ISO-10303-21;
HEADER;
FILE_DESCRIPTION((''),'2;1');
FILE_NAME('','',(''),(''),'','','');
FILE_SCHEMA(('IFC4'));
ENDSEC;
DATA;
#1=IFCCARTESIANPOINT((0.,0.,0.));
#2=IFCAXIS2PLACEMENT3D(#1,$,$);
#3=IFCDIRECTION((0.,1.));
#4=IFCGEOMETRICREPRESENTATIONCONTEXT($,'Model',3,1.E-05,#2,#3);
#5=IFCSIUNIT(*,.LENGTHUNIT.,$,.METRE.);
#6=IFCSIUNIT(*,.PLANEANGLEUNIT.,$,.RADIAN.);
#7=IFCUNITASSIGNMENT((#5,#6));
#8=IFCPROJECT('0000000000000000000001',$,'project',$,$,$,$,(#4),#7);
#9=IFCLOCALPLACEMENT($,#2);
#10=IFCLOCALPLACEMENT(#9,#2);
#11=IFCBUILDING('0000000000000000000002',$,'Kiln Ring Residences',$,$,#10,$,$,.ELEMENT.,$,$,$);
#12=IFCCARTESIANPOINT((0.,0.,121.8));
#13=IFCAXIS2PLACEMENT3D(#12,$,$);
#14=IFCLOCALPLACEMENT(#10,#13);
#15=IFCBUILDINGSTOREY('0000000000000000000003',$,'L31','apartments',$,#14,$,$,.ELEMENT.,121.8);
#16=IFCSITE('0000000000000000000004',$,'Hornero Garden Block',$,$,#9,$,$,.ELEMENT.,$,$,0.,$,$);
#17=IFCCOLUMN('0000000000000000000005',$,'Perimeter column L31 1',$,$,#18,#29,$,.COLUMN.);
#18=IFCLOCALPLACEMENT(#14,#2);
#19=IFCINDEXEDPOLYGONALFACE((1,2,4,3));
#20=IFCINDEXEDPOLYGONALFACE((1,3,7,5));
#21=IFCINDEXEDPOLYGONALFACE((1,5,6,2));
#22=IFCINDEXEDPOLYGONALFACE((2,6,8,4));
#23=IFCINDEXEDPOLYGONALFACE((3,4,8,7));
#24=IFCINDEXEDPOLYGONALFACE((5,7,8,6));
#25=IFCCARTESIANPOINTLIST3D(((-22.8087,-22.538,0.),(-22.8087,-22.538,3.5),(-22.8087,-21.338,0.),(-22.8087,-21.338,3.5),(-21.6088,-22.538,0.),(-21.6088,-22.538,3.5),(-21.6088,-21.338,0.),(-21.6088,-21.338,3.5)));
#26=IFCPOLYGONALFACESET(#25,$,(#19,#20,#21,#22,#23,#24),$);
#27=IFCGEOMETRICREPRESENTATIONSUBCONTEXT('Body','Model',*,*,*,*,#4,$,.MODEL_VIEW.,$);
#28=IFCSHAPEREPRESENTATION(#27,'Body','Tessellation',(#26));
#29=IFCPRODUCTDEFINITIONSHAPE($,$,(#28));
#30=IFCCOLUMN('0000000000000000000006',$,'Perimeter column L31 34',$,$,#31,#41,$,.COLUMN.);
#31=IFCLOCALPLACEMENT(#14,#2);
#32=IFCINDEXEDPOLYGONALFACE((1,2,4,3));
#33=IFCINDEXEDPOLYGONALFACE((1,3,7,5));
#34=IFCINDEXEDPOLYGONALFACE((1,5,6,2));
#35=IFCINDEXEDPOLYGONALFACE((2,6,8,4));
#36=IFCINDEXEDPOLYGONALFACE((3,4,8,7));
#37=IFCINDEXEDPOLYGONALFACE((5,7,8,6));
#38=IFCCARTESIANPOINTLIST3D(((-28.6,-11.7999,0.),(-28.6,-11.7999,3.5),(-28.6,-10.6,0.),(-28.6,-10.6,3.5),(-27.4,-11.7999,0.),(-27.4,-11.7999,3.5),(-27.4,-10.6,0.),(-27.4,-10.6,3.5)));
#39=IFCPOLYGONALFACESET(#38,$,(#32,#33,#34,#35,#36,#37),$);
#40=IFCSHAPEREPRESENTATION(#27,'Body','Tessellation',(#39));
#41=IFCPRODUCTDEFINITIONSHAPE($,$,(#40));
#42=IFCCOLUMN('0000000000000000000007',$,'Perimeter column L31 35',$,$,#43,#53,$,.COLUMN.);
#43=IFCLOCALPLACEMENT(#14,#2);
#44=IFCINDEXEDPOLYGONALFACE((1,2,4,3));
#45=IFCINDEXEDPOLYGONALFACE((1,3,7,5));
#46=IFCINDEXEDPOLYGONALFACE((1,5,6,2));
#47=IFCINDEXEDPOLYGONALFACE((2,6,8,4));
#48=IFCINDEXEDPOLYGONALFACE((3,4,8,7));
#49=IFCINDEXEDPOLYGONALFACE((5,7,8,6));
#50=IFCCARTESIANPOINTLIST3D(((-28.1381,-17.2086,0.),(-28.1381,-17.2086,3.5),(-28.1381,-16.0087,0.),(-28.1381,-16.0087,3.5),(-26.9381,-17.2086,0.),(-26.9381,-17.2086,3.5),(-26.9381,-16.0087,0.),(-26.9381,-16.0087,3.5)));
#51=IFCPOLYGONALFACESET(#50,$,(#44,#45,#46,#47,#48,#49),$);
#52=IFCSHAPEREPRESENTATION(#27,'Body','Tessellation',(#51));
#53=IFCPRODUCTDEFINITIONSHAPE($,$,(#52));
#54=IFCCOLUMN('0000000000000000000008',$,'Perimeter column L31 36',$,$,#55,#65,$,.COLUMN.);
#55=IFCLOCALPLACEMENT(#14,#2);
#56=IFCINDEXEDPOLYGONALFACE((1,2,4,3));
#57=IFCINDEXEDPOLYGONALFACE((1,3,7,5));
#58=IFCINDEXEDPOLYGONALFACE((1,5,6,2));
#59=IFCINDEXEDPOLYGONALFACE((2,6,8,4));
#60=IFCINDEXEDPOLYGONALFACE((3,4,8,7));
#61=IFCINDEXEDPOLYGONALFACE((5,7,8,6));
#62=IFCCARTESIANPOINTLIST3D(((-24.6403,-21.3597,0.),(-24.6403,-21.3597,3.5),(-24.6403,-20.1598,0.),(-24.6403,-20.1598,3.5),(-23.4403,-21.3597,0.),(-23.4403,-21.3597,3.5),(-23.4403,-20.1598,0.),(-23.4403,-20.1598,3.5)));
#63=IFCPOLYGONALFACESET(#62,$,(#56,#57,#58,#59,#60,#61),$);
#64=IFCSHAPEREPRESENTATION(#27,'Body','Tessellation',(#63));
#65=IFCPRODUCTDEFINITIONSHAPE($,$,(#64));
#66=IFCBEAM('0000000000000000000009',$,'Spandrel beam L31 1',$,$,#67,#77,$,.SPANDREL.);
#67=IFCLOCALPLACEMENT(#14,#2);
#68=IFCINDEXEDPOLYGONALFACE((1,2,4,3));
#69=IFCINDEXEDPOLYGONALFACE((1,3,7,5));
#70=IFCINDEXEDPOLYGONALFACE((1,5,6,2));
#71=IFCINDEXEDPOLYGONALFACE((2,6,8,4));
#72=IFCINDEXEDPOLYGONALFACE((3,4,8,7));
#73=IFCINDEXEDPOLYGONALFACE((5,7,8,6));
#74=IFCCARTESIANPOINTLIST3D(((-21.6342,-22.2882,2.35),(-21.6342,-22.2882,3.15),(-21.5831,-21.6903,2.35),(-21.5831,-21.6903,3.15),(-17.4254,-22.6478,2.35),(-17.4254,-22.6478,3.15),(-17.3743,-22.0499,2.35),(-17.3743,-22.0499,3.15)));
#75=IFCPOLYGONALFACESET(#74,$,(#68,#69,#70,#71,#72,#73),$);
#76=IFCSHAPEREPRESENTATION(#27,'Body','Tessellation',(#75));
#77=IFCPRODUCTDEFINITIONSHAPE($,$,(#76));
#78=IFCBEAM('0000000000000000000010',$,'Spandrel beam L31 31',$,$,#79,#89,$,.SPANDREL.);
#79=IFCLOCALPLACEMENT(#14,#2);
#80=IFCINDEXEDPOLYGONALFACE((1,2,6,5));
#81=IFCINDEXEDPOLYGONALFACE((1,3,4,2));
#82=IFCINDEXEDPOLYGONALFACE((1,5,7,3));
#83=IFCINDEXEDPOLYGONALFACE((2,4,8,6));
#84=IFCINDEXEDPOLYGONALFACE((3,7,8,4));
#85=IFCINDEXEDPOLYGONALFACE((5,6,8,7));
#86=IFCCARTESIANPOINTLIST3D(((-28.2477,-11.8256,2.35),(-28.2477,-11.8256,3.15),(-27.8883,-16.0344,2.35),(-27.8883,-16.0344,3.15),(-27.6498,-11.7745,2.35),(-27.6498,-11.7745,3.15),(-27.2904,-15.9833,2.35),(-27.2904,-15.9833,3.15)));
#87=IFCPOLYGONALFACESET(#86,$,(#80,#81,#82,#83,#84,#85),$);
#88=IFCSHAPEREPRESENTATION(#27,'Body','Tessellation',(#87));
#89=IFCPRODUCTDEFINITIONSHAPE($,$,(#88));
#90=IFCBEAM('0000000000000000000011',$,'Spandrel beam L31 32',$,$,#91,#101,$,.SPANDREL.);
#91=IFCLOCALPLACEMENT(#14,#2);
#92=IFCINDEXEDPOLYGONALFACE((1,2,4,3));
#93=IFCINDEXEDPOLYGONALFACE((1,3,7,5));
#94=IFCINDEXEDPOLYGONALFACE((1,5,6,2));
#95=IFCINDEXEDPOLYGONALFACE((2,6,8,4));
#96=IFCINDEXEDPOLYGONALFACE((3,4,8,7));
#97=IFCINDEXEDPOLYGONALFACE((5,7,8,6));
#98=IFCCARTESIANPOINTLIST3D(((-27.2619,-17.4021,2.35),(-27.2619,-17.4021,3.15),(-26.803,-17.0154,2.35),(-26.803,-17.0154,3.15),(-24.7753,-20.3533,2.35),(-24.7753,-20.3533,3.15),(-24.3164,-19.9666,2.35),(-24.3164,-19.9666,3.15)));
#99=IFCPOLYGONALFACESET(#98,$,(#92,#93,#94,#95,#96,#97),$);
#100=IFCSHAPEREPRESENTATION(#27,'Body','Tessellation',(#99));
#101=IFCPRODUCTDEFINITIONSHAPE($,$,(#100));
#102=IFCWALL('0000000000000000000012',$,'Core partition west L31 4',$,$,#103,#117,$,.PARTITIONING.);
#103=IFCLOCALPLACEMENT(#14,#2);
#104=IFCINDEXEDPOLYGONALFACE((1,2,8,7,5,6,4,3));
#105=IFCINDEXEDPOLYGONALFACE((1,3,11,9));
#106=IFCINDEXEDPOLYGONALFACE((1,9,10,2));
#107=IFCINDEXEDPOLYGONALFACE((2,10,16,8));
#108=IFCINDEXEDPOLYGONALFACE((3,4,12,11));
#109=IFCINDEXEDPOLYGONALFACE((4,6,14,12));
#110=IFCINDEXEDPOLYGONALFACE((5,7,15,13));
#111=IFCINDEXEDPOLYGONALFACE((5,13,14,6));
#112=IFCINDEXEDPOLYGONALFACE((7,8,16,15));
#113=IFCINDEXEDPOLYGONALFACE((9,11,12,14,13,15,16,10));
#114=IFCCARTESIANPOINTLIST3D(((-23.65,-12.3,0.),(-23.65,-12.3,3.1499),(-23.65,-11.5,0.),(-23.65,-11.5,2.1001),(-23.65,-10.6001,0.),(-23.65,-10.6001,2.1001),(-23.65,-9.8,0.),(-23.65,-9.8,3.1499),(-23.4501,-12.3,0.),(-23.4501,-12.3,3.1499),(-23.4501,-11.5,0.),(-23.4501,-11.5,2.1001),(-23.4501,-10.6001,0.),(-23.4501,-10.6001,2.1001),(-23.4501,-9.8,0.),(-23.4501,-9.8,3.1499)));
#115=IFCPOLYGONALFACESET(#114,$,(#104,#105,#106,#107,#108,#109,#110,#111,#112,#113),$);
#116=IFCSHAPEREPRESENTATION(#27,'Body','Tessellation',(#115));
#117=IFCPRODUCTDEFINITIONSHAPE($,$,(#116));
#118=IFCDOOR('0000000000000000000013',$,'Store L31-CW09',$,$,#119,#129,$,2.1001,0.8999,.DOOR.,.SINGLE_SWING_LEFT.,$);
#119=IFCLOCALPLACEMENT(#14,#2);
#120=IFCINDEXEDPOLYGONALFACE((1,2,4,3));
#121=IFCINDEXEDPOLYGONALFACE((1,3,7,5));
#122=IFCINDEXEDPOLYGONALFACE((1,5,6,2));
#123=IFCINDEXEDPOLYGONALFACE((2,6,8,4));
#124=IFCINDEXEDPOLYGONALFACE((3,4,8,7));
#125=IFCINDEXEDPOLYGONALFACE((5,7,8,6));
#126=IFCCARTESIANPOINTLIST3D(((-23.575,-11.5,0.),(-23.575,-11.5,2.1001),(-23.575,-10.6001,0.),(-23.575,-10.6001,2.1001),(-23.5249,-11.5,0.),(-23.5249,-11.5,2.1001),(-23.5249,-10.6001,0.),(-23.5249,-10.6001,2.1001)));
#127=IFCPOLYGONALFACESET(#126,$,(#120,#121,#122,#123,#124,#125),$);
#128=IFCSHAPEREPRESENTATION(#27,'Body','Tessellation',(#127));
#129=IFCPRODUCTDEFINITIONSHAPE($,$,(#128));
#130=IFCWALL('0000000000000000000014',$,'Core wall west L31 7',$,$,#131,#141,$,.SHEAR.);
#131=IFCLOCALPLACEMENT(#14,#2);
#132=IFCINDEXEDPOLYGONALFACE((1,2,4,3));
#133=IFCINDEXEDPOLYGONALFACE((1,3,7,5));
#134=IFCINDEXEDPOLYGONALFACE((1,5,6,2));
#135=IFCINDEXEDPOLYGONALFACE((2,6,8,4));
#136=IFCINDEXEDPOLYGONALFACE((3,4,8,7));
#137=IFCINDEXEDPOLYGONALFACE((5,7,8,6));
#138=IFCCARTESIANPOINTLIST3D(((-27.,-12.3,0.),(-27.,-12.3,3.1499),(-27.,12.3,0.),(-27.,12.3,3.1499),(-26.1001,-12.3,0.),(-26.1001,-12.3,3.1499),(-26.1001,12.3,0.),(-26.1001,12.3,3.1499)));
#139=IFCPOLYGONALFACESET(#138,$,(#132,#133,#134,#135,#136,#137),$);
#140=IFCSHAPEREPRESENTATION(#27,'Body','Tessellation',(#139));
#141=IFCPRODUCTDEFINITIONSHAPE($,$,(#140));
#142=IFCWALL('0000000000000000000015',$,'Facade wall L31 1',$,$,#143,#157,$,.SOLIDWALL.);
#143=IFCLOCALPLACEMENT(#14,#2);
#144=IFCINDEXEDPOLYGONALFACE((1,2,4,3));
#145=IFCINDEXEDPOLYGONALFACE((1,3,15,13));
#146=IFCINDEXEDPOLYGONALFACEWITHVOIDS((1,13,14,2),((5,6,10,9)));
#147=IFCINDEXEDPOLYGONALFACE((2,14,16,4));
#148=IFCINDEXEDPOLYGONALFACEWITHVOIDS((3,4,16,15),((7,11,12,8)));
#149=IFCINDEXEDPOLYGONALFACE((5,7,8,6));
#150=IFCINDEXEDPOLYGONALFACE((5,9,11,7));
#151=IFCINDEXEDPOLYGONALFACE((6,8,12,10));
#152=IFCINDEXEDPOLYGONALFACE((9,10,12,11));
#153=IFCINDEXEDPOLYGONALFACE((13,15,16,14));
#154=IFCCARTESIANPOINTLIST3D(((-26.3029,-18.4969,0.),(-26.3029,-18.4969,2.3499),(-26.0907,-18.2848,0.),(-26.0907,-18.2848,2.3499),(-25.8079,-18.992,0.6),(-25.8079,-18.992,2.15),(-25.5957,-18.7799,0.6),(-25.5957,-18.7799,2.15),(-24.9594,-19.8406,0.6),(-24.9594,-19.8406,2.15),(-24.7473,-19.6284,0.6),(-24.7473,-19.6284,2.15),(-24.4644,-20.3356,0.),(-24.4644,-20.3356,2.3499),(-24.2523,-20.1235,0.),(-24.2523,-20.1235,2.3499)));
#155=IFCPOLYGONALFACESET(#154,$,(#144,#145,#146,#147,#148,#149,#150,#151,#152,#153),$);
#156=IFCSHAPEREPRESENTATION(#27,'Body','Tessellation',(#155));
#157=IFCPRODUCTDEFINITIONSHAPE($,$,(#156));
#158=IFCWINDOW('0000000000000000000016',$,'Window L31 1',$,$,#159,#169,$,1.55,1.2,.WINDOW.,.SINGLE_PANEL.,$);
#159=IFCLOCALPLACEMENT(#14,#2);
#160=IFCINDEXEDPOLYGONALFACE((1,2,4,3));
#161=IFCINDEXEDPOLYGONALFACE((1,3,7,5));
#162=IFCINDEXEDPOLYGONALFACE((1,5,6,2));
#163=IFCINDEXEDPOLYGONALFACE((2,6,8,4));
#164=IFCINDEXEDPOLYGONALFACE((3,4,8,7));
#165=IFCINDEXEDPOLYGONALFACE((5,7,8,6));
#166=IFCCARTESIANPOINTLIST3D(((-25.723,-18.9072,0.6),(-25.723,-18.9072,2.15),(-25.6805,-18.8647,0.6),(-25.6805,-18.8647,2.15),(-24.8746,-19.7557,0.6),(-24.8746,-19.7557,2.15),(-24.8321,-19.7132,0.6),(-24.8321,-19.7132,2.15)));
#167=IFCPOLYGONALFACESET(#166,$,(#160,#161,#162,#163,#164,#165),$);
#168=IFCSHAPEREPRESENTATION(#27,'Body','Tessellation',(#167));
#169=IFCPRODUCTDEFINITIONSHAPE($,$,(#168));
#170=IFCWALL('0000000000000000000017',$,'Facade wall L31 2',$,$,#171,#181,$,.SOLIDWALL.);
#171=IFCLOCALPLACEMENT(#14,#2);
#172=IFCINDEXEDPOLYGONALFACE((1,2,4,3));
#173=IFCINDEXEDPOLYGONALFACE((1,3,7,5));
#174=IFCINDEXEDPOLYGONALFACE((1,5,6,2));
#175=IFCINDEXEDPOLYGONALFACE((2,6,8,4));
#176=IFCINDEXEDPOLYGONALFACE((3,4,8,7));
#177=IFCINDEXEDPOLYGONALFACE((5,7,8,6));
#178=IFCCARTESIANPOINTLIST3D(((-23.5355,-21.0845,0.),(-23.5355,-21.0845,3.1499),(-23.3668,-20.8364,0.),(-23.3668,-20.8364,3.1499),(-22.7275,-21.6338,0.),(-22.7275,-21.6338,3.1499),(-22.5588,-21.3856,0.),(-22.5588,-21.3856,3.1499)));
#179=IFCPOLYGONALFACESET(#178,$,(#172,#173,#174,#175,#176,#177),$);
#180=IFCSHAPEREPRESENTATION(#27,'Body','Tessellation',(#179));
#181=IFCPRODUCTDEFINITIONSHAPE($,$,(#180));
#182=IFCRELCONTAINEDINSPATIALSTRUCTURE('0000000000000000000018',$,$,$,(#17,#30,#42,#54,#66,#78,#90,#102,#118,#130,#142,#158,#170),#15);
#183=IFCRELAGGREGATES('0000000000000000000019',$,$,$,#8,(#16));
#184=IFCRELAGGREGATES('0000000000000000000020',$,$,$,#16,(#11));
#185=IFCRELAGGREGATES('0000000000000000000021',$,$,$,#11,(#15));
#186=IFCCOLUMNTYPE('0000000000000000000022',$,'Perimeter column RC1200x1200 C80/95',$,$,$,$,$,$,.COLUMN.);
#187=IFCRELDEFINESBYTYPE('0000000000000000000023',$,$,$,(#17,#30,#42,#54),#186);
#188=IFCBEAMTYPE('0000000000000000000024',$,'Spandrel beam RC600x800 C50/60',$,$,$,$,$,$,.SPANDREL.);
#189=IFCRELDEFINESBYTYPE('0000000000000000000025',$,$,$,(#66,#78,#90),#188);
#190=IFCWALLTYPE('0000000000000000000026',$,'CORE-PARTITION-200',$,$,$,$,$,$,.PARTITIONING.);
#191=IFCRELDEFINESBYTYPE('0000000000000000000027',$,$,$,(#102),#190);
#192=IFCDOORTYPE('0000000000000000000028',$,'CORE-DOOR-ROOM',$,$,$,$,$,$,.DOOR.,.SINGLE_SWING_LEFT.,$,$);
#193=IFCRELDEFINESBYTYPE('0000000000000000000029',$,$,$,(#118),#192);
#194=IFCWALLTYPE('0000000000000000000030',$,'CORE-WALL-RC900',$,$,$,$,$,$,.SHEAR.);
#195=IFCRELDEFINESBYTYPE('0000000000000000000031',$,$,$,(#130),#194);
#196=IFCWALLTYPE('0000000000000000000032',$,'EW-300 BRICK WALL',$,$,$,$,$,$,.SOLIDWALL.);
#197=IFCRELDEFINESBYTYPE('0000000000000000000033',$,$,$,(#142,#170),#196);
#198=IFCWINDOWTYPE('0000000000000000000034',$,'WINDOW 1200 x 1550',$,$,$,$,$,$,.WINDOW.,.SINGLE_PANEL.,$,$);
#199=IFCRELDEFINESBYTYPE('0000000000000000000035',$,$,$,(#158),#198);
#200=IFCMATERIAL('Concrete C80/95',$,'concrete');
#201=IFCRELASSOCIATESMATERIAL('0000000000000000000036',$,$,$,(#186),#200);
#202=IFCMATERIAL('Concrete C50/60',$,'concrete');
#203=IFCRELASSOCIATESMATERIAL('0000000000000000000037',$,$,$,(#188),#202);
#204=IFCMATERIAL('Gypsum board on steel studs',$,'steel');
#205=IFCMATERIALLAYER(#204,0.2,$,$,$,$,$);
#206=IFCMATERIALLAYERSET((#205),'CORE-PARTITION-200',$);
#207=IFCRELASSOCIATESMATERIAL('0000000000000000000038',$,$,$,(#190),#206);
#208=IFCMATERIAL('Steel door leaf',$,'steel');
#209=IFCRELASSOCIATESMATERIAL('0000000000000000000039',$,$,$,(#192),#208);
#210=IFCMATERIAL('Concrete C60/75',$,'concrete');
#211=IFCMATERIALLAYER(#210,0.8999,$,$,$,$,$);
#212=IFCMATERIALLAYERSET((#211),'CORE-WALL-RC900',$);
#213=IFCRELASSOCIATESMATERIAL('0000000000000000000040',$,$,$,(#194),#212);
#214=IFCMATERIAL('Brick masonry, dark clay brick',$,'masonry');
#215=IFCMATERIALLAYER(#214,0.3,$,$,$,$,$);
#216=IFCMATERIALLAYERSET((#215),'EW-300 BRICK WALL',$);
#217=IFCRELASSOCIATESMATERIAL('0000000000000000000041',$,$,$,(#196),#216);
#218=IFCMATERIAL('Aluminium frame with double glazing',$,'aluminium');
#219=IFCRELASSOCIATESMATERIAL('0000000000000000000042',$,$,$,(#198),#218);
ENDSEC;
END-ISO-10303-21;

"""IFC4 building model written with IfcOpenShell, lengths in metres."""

from ifc_helpers import new_model, si_unit, direction, frame, frame_2d, origin, origin_2d, place, context, subcontext, project, spatial, rectangle, extrude, material, layer, layer_set, material_profile, profile_set, type_object, element, fill, save


model = new_model("IFC4")

# Units and contexts
model_context = context("Model", 3, precision=1e-05, world=origin(), true_north=direction((0.0, 1.0)))
body_context = subcontext(model_context, "Body", "Model", "MODEL_VIEW")
ifc_project = project(units=[si_unit("LENGTHUNIT", "METRE"), si_unit("PLANEANGLEUNIT", "RADIAN")], contexts=[model_context])

# Site, building, storey
site_placement = place(None, origin())
site = spatial("IfcSite", under=ifc_project, at=site_placement, Name="Hornero Garden Block", CompositionType="ELEMENT", RefElevation=0.0)
building_placement = place(site_placement, origin())
building = spatial("IfcBuilding", under=site, at=building_placement, Name="Kiln Ring Residences", CompositionType="ELEMENT")
storey_placement = place(building_placement, frame((0.0, 0.0, 121.8)))
storey = spatial("IfcBuildingStorey", under=building, at=storey_placement, Name="L31", Description="apartments", CompositionType="ELEMENT", Elevation=121.8)

# Columns
ifc_material_1 = material(Name="Concrete C80/95", Category="concrete")
ifc_material_profile_1 = material_profile(ifc_material_1, rectangle(XDim=1.2, YDim=1.2, at=origin_2d()), Name="RC1200x1200")
ifc_profile_set_1 = profile_set([ifc_material_profile_1], Name="Concrete C80/95")
column_type = type_object("IfcColumnType", Name="Perimeter column RC1200x1200 C80/95", PredefinedType="COLUMN", material=ifc_profile_set_1)
for number, where, z_axis, x_axis, name in (
    (1, (-22.2087, -21.938, 0.0), (0.0, 0.0, 1.0), (1.0, 0.0, 0.0), "Perimeter column L31 1"),
    (2, (-28.0, -11.2, 0.0), (0.0, 0.0, 1.0), (1.0, 0.0, 0.0), "Perimeter column L31 34"),
    (3, (-27.5381, -16.6086, 0.0), (0.0, 0.0, 1.0), (1.0, 0.0, 0.0), "Perimeter column L31 35"),
    (4, (-24.0403, -20.7598, 0.0), (0.0, 0.0, 1.0), (1.0, 0.0, 0.0), "Perimeter column L31 36"),
):
    element("IfcColumn", number, at=place(storey_placement, frame(where, z_axis=z_axis, x_axis=x_axis)), inside=storey, type_object=column_type, Name=name, PredefinedType="COLUMN", context=body_context, shape_type="SweptSolid", body=[
        extrude(rectangle(XDim=1.2, YDim=1.2, at=origin_2d()), origin(), (0.0, 0.0, 1.0), 3.5),
    ])

# Beams
ifc_material_2 = material(Name="Concrete C50/60", Category="concrete")
ifc_material_profile_2 = material_profile(ifc_material_2, rectangle(XDim=0.6001, YDim=0.8, at=origin_2d()), Name="RC600x800")
ifc_profile_set_2 = profile_set([ifc_material_profile_2], Name="Concrete C50/60")
beam_type = type_object("IfcBeamType", Name="Spandrel beam RC600x800 C50/60", PredefinedType="SPANDREL", material=ifc_profile_set_2)
for number, where, z_axis, x_axis, name in (
    (5, (-21.6086, -21.9893, 2.75), (0.996369, -0.085136, 0.0), (0.085136, 0.996369, 0.0), "Spandrel beam L31 1"),
    (6, (-27.9487, -11.8, 2.75), (0.085078, -0.996374, 0.0), (0.996374, 0.085078, 0.0), "Spandrel beam L31 31"),
):
    element("IfcBeam", number, at=place(storey_placement, frame(where, z_axis=z_axis, x_axis=x_axis)), inside=storey, type_object=beam_type, Name=name, PredefinedType="SPANDREL", context=body_context, shape_type="SweptSolid", body=[
        extrude(rectangle(XDim=0.6001, YDim=0.8, at=origin_2d()), origin(), (0.0, 0.0, 1.0), 4.2241),
    ])
beam_placement = place(storey_placement, frame((-27.0325, -17.2087, 2.75), z_axis=(0.644344, -0.764736, 0.0), x_axis=(0.764736, 0.644344, 0.0)))
element("IfcBeam", 7, at=beam_placement, inside=storey, type_object=beam_type, Name="Spandrel beam L31 32", PredefinedType="SPANDREL", context=body_context, shape_type="SweptSolid", body=[
    extrude(rectangle(XDim=0.6001, YDim=0.8, at=origin_2d()), origin(), (0.0, 0.0, 1.0), 3.8591),
])

# Wall, opening, door
ifc_material_3 = material(Name="Gypsum board on steel studs", Category="steel")
ifc_layer_1 = layer(ifc_material_3, 0.2)
ifc_layer_set_1 = layer_set([ifc_layer_1], Name="CORE-PARTITION-200")
wall_type_1 = type_object("IfcWallType", Name="CORE-PARTITION-200", PredefinedType="PARTITIONING", material=ifc_layer_set_1)
wall_1_placement = place(storey_placement, frame((-23.55, -12.3, 0.0), z_axis=(0.0, 0.0, 1.0), x_axis=(0.0, 1.0, 0.0)))
wall_1 = element("IfcWall", 8, at=wall_1_placement, inside=storey, type_object=wall_type_1, Name="Core partition west L31 4", PredefinedType="PARTITIONING", context=body_context, shape_type="SweptSolid", body=[
    extrude(rectangle(XDim=2.5, YDim=0.2, at=frame_2d((1.25, 0.0))), origin(), (0.0, 0.0, 1.0), 3.1499),
])
opening_1_placement = place(wall_1_placement, frame((0.8, 0.0, 0.0)))
opening_1 = element("IfcOpeningElement", 9, at=opening_1_placement, cuts=wall_1, PredefinedType="OPENING", context=body_context, shape_type="SweptSolid", body=[
    extrude(rectangle(XDim=0.8999, YDim=2.1001, at=frame_2d((0.45, 1.05))), frame((0.0, 0.1099, 0.0), z_axis=(0.0, -1.0, 0.0), x_axis=(1.0, 0.0, 0.0)), (0.0, 0.0, 1.0), 0.22),
])
ifc_material_4 = material(Name="Steel door leaf", Category="steel")
door_type_1 = type_object("IfcDoorType", Name="CORE-DOOR-ROOM", OperationType="SINGLE_SWING_LEFT", PredefinedType="DOOR", material=ifc_material_4)
door_1_placement = place(opening_1_placement, origin())
door_1 = element("IfcDoor", 10, at=door_1_placement, inside=storey, type_object=door_type_1, Name="Store L31-CW09", OperationType="SINGLE_SWING_LEFT", OverallHeight=2.1001, OverallWidth=0.8999, PredefinedType="DOOR", context=body_context, shape_type="SweptSolid", body=[
    extrude(rectangle(XDim=0.8999, YDim=2.1001, at=frame_2d((0.45, 1.05))), frame((0.0, 0.0249, 0.0), z_axis=(0.0, -1.0, 0.0), x_axis=(1.0, 0.0, 0.0)), (0.0, 0.0, 1.0), 0.05),
])
fill(opening_1, door_1)

# Wall
ifc_material_5 = material(Name="Concrete C60/75", Category="concrete")
ifc_layer_2 = layer(ifc_material_5, 0.8999)
ifc_layer_set_2 = layer_set([ifc_layer_2], Name="CORE-WALL-RC900")
wall_type_2 = type_object("IfcWallType", Name="CORE-WALL-RC900", PredefinedType="SHEAR", material=ifc_layer_set_2)
wall_2_placement = place(storey_placement, frame((-26.55, -12.3, 0.0), z_axis=(0.0, 0.0, 1.0), x_axis=(0.0, 1.0, 0.0)))
element("IfcWall", 11, at=wall_2_placement, inside=storey, type_object=wall_type_2, Name="Core wall west L31 7", PredefinedType="SHEAR", context=body_context, shape_type="SweptSolid", body=[
    extrude(rectangle(XDim=24.6001, YDim=0.8999, at=frame_2d((12.3, 0.0))), origin(), (0.0, 0.0, 1.0), 3.1499),
])

# Wall, opening, window
ifc_material_6 = material(Name="Brick masonry, dark clay brick", Category="masonry")
ifc_layer_3 = layer(ifc_material_6, 0.3)
ifc_layer_set_3 = layer_set([ifc_layer_3], Name="EW-300 BRICK WALL")
wall_type_3 = type_object("IfcWallType", Name="EW-300 BRICK WALL", PredefinedType="SOLIDWALL", material=ifc_layer_set_3)
wall_3_placement = place(storey_placement, frame((-26.1968, -18.3909, 0.0), z_axis=(0.0, 0.0, 1.0), x_axis=(0.70706, -0.707154, 0.0)))
wall_3 = element("IfcWall", 12, at=wall_3_placement, inside=storey, type_object=wall_type_3, Name="Facade wall L31 1", PredefinedType="SOLIDWALL", context=body_context, shape_type="SweptSolid", body=[
    extrude(rectangle(XDim=2.6001, YDim=0.3, at=frame_2d((1.3, 0.0))), origin(), (0.0, 0.0, 1.0), 2.3499),
])
opening_2_placement = place(wall_3_placement, frame((0.7, 0.0, 0.6001)))
opening_2 = element("IfcOpeningElement", 13, at=opening_2_placement, cuts=wall_3, PredefinedType="OPENING", context=body_context, shape_type="SweptSolid", body=[
    extrude(rectangle(XDim=1.2, YDim=1.55, at=frame_2d((0.6001, 0.7749))), frame((0.0, 0.1599, 0.0), z_axis=(0.0, -1.0, 0.0), x_axis=(1.0, 0.0, 0.0)), (0.0, 0.0, 1.0), 0.3201),
])
ifc_material_7 = material(Name="Aluminium frame with double glazing", Category="aluminium")
window_type_1 = type_object("IfcWindowType", Name="WINDOW 1200 x 1550", PartitioningType="SINGLE_PANEL", PredefinedType="WINDOW", material=ifc_material_7)
window_1_placement = place(opening_2_placement, origin())
window_1 = element("IfcWindow", 14, at=window_1_placement, inside=storey, type_object=window_type_1, Name="Window L31 1", OverallHeight=1.55, OverallWidth=1.2, PartitioningType="SINGLE_PANEL", PredefinedType="WINDOW", context=body_context, shape_type="SweptSolid", body=[
    extrude(rectangle(XDim=1.2, YDim=1.55, at=frame_2d((0.6001, 0.7749))), frame((0.0, 0.03, 0.0), z_axis=(0.0, -1.0, 0.0), x_axis=(1.0, 0.0, 0.0)), (0.0, 0.0, 1.0), 0.0601),
])
fill(opening_2, window_1)

# Wall
wall_4_placement = place(storey_placement, frame((-23.4512, -20.9604, 0.0), z_axis=(0.0, 0.0, 1.0), x_axis=(0.827019, -0.562173, 0.0)))
element("IfcWall", 15, at=wall_4_placement, inside=storey, type_object=wall_type_3, Name="Facade wall L31 2", PredefinedType="SOLIDWALL", context=body_context, shape_type="SweptSolid", body=[
    extrude(rectangle(XDim=0.9771, YDim=0.3, at=frame_2d((0.4885, 0.0))), origin(), (0.0, 0.0, 1.0), 3.1499),
])

save(model, "model.ifc")
